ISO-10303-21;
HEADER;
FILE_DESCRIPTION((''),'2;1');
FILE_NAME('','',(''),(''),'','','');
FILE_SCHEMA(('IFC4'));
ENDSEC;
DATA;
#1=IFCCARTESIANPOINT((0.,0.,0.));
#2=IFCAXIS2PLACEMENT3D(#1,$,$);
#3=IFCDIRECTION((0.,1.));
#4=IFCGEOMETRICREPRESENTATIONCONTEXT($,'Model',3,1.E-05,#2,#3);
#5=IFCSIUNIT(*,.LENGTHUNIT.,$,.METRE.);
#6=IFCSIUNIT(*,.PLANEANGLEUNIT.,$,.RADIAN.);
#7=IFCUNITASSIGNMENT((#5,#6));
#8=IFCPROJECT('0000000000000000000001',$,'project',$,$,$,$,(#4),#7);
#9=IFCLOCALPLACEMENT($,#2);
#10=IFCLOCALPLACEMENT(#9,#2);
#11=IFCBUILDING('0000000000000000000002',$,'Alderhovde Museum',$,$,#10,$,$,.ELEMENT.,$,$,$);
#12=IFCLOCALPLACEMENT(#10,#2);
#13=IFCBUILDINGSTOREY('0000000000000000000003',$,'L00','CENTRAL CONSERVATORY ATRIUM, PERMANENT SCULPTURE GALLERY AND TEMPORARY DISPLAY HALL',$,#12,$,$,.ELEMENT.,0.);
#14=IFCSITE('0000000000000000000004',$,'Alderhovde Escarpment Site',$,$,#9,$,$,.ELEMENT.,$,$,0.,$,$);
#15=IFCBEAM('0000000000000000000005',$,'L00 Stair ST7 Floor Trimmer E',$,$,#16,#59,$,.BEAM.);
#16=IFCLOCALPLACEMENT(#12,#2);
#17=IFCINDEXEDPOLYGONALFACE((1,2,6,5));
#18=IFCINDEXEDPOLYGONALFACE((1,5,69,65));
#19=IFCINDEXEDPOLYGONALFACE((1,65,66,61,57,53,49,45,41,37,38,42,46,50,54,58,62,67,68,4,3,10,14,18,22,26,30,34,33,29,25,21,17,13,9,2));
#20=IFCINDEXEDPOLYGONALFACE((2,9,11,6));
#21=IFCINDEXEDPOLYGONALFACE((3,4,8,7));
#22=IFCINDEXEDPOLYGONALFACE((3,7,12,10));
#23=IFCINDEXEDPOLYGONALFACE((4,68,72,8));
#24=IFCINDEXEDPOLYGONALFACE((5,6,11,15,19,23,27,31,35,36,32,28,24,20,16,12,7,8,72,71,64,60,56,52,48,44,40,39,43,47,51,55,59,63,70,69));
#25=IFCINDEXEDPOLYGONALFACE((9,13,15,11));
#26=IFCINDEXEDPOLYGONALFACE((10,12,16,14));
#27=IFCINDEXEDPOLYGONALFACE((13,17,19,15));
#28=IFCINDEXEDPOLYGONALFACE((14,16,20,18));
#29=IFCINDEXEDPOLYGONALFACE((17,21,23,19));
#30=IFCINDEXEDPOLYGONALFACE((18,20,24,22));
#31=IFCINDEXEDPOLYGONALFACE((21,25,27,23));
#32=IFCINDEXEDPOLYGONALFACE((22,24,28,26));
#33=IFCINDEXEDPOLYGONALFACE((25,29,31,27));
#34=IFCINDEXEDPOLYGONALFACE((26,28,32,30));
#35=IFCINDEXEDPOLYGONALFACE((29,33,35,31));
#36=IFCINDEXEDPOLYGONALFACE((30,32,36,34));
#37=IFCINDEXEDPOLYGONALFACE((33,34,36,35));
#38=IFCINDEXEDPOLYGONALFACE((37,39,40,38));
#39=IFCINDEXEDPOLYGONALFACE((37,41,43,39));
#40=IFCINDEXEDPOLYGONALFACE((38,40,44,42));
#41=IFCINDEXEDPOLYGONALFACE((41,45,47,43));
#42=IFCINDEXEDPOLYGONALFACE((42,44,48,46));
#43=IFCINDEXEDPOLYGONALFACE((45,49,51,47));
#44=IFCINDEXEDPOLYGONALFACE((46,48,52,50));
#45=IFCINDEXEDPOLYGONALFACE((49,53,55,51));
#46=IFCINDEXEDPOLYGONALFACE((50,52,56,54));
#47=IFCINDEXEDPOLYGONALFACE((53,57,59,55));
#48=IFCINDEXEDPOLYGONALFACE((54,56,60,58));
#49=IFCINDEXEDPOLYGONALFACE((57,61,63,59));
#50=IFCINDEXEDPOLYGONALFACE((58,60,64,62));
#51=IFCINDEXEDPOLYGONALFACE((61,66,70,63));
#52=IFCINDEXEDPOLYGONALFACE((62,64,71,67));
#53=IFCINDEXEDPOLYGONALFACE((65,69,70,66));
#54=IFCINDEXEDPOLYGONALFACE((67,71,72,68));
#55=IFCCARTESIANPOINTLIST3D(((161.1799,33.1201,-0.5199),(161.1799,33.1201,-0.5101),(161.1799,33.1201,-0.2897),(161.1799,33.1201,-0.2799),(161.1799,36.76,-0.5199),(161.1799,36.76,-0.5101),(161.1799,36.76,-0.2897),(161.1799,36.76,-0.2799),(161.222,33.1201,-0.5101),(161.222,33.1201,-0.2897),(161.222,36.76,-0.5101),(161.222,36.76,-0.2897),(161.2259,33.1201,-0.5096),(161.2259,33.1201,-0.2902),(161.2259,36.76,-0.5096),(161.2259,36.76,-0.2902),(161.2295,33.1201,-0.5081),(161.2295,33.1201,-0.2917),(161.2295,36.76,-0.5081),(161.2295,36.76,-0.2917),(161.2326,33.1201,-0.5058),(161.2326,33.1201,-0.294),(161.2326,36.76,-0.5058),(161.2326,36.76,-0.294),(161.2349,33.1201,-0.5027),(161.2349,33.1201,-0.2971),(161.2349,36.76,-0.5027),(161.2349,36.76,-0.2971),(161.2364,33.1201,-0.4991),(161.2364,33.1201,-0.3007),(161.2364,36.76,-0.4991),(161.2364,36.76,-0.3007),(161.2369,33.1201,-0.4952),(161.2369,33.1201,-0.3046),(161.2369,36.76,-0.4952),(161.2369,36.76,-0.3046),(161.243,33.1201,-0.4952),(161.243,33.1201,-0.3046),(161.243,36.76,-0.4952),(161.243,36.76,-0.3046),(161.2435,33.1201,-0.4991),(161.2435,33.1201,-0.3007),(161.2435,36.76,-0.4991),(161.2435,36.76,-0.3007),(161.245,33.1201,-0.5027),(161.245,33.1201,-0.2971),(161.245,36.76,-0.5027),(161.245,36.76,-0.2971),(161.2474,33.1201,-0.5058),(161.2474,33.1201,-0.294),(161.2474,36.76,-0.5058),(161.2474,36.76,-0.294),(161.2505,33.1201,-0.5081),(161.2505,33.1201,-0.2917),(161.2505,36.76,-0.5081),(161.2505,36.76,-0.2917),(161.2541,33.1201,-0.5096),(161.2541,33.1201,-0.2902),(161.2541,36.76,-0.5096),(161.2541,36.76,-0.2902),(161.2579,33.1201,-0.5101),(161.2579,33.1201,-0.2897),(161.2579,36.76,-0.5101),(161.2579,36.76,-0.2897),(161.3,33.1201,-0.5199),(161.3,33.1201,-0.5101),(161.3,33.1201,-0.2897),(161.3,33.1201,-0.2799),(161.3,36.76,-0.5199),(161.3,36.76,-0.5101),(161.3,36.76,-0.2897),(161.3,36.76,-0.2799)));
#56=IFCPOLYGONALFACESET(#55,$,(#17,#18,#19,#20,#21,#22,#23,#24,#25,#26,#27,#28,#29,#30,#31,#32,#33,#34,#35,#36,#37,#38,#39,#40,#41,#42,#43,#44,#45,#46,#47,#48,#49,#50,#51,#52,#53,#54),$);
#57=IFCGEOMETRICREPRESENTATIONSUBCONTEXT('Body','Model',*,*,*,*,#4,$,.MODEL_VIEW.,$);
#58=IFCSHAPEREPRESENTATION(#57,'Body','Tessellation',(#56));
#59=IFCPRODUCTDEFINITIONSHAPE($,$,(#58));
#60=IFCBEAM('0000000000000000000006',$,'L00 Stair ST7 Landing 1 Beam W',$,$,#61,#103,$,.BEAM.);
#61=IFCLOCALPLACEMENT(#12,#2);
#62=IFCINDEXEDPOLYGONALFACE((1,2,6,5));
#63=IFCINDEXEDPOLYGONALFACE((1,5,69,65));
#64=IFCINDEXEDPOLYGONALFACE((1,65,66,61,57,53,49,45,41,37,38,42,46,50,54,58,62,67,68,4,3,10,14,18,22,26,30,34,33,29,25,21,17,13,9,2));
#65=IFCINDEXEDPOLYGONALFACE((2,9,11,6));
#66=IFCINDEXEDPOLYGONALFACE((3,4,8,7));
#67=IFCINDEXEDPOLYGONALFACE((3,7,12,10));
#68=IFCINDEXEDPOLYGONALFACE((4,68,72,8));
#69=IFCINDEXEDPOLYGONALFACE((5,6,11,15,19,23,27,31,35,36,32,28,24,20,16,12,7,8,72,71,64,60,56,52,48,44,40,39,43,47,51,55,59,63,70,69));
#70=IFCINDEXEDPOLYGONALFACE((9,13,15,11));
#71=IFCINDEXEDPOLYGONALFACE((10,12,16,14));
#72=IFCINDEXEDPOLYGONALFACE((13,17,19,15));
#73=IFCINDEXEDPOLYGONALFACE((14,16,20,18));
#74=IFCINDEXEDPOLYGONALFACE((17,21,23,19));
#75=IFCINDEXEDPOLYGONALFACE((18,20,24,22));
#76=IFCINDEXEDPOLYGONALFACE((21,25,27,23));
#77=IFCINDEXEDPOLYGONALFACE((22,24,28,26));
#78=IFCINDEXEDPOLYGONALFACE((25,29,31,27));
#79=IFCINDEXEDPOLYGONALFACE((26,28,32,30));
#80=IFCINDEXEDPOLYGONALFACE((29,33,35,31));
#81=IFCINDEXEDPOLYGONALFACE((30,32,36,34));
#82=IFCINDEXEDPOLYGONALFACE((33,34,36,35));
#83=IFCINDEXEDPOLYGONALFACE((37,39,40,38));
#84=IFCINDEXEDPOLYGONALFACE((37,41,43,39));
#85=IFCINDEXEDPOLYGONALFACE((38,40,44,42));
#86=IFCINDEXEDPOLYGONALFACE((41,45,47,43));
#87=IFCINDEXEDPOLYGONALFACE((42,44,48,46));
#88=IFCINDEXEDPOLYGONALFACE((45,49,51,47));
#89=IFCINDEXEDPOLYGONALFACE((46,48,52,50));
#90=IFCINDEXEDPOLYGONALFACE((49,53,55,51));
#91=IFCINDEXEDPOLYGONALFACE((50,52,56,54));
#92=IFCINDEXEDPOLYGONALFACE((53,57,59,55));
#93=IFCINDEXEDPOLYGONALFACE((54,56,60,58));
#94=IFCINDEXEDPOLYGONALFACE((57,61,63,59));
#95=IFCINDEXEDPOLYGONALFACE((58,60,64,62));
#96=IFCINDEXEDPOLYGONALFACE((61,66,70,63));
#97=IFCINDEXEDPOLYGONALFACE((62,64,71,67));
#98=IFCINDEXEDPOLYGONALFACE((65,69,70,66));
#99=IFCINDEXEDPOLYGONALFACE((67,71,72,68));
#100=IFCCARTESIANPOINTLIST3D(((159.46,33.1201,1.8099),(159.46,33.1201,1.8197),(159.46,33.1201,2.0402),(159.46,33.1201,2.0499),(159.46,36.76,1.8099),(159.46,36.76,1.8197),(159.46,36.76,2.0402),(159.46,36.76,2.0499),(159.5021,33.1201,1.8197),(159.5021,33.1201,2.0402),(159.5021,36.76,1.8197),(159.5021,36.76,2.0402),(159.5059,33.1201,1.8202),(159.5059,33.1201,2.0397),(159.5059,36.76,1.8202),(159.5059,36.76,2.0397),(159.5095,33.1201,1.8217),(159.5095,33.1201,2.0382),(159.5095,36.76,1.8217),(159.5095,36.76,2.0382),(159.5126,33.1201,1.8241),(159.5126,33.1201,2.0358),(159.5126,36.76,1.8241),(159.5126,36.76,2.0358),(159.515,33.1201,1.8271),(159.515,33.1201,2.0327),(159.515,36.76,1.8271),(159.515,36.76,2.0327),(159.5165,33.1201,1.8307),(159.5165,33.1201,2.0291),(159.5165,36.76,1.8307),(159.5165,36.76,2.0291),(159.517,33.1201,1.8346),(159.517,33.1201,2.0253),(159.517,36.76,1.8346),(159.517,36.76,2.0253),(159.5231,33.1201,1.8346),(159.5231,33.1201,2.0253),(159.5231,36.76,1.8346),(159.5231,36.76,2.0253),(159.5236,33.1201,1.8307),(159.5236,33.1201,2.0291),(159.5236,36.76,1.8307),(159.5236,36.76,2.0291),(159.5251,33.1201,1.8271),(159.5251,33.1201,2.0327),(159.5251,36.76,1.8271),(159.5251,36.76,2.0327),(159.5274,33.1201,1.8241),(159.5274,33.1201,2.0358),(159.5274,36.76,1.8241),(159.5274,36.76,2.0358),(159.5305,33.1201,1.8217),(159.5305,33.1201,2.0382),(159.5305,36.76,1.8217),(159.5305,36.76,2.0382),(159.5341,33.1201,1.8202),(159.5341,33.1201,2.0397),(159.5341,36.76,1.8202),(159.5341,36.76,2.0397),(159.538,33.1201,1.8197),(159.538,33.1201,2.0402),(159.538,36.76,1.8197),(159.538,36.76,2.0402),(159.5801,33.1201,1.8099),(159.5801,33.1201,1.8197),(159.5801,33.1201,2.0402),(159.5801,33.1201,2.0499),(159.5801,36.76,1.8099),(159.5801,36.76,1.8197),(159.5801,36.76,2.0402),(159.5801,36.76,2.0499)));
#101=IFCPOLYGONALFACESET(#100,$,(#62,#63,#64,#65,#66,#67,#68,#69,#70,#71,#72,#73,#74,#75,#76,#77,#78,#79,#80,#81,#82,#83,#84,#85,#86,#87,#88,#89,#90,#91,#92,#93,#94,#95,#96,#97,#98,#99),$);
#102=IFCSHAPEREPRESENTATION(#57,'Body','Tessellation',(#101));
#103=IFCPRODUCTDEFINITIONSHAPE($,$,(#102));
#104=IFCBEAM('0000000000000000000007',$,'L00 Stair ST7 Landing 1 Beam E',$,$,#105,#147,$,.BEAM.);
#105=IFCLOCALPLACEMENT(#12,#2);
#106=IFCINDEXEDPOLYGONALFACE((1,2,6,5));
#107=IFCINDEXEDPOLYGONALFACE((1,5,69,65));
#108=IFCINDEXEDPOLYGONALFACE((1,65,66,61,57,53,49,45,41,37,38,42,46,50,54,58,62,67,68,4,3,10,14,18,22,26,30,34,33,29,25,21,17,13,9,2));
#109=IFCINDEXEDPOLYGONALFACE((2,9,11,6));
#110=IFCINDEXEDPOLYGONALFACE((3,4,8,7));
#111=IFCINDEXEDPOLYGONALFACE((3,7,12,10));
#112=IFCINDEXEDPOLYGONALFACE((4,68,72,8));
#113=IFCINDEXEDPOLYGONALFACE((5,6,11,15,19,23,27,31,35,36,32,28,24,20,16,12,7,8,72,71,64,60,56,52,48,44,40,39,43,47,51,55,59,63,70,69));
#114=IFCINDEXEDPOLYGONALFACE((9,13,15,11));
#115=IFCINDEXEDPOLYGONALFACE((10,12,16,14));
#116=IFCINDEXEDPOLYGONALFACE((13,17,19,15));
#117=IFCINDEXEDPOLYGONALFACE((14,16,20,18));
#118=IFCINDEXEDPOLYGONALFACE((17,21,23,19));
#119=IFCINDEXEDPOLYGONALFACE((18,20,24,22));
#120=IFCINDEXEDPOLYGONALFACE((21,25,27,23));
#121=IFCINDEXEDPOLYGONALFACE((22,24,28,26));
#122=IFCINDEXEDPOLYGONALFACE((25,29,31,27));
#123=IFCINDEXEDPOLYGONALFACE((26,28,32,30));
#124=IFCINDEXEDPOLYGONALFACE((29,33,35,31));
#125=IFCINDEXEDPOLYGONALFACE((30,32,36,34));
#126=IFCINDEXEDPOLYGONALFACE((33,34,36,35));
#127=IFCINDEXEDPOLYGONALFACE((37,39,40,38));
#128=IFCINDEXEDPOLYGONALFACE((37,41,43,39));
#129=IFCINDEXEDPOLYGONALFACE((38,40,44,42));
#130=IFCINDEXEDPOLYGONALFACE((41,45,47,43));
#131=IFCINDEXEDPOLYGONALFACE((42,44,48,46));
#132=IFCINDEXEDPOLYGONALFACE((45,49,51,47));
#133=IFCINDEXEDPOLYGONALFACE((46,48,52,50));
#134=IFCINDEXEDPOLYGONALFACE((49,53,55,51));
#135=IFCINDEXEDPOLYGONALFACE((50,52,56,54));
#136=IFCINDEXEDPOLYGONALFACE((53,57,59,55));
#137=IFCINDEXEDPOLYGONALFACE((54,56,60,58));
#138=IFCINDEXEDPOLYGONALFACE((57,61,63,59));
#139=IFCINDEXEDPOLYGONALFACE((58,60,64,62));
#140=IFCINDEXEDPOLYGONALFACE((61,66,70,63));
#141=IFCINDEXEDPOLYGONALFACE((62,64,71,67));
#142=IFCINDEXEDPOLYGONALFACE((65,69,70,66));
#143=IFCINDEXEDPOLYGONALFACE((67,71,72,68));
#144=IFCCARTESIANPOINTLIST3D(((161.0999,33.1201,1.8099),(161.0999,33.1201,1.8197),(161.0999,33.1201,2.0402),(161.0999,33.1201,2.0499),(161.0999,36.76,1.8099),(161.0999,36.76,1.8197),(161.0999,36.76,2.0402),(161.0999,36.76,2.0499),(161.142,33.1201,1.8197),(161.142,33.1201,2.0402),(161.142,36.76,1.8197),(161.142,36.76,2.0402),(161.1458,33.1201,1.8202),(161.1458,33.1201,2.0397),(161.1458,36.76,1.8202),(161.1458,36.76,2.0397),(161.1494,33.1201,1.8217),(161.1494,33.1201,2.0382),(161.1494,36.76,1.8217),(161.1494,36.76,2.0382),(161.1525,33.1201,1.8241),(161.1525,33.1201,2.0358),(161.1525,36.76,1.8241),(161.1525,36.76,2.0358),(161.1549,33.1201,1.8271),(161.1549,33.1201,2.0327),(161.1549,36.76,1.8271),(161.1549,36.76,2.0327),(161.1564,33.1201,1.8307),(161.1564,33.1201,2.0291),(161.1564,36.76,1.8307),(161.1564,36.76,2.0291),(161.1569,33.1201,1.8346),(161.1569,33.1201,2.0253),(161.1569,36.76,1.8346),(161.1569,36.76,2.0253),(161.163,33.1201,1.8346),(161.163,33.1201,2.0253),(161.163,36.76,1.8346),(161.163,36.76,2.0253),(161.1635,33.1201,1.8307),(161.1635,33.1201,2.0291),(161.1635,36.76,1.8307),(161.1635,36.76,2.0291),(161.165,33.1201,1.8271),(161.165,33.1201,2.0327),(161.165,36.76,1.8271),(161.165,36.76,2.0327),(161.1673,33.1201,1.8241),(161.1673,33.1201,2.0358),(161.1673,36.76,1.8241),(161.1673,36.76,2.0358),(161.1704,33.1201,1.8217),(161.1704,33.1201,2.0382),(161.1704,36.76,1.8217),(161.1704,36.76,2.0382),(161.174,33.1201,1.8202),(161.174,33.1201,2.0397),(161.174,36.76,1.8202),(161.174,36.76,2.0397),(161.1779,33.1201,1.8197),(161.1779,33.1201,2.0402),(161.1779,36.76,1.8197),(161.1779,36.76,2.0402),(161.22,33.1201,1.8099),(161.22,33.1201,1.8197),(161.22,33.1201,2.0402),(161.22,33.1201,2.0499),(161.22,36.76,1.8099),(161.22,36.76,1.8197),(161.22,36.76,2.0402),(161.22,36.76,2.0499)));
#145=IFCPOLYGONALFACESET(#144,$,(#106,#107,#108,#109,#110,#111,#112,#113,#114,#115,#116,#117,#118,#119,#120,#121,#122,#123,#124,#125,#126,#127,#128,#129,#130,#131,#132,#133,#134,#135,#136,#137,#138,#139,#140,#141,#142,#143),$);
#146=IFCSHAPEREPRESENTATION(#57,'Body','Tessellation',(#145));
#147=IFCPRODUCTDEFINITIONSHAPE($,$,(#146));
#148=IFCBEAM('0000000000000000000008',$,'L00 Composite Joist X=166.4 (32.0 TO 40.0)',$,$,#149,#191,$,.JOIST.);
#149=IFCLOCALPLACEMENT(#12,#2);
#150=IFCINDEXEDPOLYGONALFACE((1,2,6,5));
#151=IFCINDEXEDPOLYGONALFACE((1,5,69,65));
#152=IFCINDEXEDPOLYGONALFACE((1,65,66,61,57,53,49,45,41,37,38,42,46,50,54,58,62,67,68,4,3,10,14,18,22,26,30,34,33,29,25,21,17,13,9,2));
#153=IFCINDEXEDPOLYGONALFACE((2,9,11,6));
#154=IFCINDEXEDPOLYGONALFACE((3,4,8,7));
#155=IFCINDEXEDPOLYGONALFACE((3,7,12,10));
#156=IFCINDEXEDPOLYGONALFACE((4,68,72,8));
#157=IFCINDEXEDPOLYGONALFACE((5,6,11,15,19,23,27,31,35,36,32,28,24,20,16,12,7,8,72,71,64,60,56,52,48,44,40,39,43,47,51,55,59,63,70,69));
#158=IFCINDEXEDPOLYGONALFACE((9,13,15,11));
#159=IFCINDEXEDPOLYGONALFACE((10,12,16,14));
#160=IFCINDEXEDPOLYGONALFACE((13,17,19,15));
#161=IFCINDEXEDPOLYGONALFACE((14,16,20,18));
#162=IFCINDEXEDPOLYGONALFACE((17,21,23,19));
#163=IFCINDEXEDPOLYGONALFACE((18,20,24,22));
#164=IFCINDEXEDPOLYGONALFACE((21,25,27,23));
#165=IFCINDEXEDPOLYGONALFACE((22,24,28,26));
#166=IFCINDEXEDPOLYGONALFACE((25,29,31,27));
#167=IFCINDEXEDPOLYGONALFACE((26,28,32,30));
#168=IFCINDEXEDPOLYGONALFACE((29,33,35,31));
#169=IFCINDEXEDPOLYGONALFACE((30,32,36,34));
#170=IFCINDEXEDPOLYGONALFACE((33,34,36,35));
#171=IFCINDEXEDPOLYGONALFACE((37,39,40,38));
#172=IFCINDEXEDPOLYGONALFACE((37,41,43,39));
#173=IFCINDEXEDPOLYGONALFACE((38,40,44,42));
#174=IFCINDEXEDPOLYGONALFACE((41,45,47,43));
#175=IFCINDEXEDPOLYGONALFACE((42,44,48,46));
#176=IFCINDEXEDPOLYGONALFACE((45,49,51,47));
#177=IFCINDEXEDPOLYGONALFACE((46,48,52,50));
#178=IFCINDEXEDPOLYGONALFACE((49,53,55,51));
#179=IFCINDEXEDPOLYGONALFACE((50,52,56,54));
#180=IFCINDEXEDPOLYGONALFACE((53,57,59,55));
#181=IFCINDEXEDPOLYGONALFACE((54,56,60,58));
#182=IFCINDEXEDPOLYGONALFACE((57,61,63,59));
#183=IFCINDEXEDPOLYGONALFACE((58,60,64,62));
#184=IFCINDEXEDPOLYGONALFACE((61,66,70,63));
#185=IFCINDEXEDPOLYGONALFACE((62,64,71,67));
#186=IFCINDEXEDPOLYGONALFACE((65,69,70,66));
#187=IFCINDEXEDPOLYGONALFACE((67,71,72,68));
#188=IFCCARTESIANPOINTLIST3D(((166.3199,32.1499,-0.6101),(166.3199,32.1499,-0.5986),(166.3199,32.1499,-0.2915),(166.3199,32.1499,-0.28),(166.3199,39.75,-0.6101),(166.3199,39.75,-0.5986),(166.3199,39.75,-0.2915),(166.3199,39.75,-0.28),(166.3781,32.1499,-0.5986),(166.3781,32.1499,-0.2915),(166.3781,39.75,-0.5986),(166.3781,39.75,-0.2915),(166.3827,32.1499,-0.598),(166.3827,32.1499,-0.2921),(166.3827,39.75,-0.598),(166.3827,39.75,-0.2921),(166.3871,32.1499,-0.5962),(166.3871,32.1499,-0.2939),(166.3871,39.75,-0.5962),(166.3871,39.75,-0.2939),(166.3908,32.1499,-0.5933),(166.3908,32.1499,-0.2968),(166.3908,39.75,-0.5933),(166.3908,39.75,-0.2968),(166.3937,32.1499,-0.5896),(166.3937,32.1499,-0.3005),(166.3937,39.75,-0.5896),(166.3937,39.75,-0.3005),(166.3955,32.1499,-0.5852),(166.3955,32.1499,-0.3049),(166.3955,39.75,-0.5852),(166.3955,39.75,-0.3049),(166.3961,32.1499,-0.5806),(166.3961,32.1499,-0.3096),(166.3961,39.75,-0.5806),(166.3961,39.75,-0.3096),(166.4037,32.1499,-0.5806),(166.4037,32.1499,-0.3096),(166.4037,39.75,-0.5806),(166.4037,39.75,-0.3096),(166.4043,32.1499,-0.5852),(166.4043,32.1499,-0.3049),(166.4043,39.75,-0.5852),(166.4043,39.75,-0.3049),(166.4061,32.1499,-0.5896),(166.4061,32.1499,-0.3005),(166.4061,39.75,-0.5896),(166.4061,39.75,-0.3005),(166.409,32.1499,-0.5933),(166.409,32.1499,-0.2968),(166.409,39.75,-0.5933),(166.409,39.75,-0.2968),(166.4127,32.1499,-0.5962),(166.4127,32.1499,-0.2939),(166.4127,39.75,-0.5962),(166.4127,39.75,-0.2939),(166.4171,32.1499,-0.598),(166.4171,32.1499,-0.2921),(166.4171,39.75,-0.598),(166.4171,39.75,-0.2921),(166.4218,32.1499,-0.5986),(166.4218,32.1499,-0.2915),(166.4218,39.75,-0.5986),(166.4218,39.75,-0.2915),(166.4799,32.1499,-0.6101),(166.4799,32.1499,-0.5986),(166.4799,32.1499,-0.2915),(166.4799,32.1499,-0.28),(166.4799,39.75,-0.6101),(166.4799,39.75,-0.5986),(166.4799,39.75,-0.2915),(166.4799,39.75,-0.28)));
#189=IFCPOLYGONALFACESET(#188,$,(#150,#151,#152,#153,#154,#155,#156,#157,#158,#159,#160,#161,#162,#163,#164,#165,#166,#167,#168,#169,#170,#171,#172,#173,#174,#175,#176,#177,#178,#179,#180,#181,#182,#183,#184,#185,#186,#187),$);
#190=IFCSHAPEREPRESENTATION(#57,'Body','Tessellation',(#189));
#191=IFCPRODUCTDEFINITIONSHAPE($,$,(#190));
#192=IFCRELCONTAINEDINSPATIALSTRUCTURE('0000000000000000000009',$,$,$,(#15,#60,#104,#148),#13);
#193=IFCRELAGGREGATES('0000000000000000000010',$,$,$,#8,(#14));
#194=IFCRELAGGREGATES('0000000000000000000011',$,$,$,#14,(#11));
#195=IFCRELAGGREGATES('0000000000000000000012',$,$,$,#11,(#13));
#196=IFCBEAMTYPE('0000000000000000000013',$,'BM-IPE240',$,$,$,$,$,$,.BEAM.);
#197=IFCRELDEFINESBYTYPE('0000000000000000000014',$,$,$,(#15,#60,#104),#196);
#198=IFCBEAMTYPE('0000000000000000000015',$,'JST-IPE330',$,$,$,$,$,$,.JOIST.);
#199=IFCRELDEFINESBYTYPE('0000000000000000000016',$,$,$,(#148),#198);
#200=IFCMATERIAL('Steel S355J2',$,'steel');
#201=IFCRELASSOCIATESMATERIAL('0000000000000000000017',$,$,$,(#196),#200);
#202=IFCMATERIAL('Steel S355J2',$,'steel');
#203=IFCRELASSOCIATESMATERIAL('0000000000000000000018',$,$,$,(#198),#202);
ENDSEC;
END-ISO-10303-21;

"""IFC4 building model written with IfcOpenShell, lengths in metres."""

from ifc_helpers import new_model, si_unit, direction, frame, origin, origin_2d, place, context, subcontext, project, spatial, i_section, extrude, material, material_profile, profile_set, type_object, element, save


model = new_model("IFC4")

# Units and contexts
model_context = context("Model", 3, precision=1e-05, world=origin(), true_north=direction((0.0, 1.0)))
body_context = subcontext(model_context, "Body", "Model", "MODEL_VIEW")
ifc_project = project(units=[si_unit("LENGTHUNIT", "METRE"), si_unit("PLANEANGLEUNIT", "RADIAN")], contexts=[model_context])

# Site, building, storey
site_placement = place(None, origin())
site = spatial("IfcSite", under=ifc_project, at=site_placement, Name="Alderhovde Escarpment Site", CompositionType="ELEMENT", RefElevation=0.0)
building_placement = place(site_placement, origin())
building = spatial("IfcBuilding", under=site, at=building_placement, Name="Alderhovde Museum", CompositionType="ELEMENT")
storey_placement = place(building_placement, origin())
storey = spatial("IfcBuildingStorey", under=building, at=storey_placement, Name="L00", Description="CENTRAL CONSERVATORY ATRIUM, PERMANENT SCULPTURE GALLERY AND TEMPORARY DISPLAY HALL", CompositionType="ELEMENT", Elevation=0.0)

# Beams
ifc_material_1 = material(Name="Steel S355J2", Category="steel")
ifc_material_profile_1 = material_profile(ifc_material_1, i_section(OverallWidth=0.1201, OverallDepth=0.24, WebThickness=0.0061, FlangeThickness=0.0098, FilletRadius=0.0149, at=origin_2d()), Name="IPE 240")
ifc_profile_set_1 = profile_set([ifc_material_profile_1], Name="Steel S355J2")
beam_type_1 = type_object("IfcBeamType", Name="BM-IPE240", PredefinedType="BEAM", material=ifc_profile_set_1)
for number, where, z_axis, x_axis, name in (
    (1, (161.24, 33.1201, -0.3999), (0.0, 1.0, 0.0), (-1.0, 0.0, 0.0), "L00 Stair ST7 Floor Trimmer E"),
    (2, (159.52, 33.1201, 1.9299), (0.0, 1.0, 0.0), (-1.0, 0.0, 0.0), "L00 Stair ST7 Landing 1 Beam W"),
    (3, (161.1599, 33.1201, 1.9299), (0.0, 1.0, 0.0), (-1.0, 0.0, 0.0), "L00 Stair ST7 Landing 1 Beam E"),
):
    element("IfcBeam", number, at=place(storey_placement, frame(where, z_axis=z_axis, x_axis=x_axis)), inside=storey, type_object=beam_type_1, Name=name, PredefinedType="BEAM", context=body_context, shape_type="SweptSolid", body=[
        extrude(i_section(OverallWidth=0.1201, OverallDepth=0.24, WebThickness=0.0061, FlangeThickness=0.0098, FilletRadius=0.0149, at=origin_2d()), origin(), (0.0, 0.0, 1.0), 3.6399),
    ])
ifc_material_2 = material(Name="Steel S355J2", Category="steel")
ifc_material_profile_2 = material_profile(ifc_material_2, i_section(OverallWidth=0.1599, OverallDepth=0.3301, WebThickness=0.0076, FlangeThickness=0.0115, FilletRadius=0.0181, at=origin_2d()), Name="IPE 330")
ifc_profile_set_2 = profile_set([ifc_material_profile_2], Name="Steel S355J2")
beam_type_2 = type_object("IfcBeamType", Name="JST-IPE330", PredefinedType="JOIST", material=ifc_profile_set_2)
for number, where, z_axis, x_axis, name in (
    (4, (166.3999, 32.1499, -0.4451), (0.0, 1.0, 0.0), (-1.0, 0.0, 0.0), "L00 Composite Joist X=166.4 (32.0 TO 40.0)"),
):
    element("IfcBeam", number, at=place(storey_placement, frame(where, z_axis=z_axis, x_axis=x_axis)), inside=storey, type_object=beam_type_2, Name=name, PredefinedType="JOIST", context=body_context, shape_type="SweptSolid", body=[
        extrude(i_section(OverallWidth=0.1599, OverallDepth=0.3301, WebThickness=0.0076, FlangeThickness=0.0115, FilletRadius=0.0181, at=origin_2d()), origin(), (0.0, 0.0, 1.0), 7.6001),
    ])

save(model, "model.ifc")
